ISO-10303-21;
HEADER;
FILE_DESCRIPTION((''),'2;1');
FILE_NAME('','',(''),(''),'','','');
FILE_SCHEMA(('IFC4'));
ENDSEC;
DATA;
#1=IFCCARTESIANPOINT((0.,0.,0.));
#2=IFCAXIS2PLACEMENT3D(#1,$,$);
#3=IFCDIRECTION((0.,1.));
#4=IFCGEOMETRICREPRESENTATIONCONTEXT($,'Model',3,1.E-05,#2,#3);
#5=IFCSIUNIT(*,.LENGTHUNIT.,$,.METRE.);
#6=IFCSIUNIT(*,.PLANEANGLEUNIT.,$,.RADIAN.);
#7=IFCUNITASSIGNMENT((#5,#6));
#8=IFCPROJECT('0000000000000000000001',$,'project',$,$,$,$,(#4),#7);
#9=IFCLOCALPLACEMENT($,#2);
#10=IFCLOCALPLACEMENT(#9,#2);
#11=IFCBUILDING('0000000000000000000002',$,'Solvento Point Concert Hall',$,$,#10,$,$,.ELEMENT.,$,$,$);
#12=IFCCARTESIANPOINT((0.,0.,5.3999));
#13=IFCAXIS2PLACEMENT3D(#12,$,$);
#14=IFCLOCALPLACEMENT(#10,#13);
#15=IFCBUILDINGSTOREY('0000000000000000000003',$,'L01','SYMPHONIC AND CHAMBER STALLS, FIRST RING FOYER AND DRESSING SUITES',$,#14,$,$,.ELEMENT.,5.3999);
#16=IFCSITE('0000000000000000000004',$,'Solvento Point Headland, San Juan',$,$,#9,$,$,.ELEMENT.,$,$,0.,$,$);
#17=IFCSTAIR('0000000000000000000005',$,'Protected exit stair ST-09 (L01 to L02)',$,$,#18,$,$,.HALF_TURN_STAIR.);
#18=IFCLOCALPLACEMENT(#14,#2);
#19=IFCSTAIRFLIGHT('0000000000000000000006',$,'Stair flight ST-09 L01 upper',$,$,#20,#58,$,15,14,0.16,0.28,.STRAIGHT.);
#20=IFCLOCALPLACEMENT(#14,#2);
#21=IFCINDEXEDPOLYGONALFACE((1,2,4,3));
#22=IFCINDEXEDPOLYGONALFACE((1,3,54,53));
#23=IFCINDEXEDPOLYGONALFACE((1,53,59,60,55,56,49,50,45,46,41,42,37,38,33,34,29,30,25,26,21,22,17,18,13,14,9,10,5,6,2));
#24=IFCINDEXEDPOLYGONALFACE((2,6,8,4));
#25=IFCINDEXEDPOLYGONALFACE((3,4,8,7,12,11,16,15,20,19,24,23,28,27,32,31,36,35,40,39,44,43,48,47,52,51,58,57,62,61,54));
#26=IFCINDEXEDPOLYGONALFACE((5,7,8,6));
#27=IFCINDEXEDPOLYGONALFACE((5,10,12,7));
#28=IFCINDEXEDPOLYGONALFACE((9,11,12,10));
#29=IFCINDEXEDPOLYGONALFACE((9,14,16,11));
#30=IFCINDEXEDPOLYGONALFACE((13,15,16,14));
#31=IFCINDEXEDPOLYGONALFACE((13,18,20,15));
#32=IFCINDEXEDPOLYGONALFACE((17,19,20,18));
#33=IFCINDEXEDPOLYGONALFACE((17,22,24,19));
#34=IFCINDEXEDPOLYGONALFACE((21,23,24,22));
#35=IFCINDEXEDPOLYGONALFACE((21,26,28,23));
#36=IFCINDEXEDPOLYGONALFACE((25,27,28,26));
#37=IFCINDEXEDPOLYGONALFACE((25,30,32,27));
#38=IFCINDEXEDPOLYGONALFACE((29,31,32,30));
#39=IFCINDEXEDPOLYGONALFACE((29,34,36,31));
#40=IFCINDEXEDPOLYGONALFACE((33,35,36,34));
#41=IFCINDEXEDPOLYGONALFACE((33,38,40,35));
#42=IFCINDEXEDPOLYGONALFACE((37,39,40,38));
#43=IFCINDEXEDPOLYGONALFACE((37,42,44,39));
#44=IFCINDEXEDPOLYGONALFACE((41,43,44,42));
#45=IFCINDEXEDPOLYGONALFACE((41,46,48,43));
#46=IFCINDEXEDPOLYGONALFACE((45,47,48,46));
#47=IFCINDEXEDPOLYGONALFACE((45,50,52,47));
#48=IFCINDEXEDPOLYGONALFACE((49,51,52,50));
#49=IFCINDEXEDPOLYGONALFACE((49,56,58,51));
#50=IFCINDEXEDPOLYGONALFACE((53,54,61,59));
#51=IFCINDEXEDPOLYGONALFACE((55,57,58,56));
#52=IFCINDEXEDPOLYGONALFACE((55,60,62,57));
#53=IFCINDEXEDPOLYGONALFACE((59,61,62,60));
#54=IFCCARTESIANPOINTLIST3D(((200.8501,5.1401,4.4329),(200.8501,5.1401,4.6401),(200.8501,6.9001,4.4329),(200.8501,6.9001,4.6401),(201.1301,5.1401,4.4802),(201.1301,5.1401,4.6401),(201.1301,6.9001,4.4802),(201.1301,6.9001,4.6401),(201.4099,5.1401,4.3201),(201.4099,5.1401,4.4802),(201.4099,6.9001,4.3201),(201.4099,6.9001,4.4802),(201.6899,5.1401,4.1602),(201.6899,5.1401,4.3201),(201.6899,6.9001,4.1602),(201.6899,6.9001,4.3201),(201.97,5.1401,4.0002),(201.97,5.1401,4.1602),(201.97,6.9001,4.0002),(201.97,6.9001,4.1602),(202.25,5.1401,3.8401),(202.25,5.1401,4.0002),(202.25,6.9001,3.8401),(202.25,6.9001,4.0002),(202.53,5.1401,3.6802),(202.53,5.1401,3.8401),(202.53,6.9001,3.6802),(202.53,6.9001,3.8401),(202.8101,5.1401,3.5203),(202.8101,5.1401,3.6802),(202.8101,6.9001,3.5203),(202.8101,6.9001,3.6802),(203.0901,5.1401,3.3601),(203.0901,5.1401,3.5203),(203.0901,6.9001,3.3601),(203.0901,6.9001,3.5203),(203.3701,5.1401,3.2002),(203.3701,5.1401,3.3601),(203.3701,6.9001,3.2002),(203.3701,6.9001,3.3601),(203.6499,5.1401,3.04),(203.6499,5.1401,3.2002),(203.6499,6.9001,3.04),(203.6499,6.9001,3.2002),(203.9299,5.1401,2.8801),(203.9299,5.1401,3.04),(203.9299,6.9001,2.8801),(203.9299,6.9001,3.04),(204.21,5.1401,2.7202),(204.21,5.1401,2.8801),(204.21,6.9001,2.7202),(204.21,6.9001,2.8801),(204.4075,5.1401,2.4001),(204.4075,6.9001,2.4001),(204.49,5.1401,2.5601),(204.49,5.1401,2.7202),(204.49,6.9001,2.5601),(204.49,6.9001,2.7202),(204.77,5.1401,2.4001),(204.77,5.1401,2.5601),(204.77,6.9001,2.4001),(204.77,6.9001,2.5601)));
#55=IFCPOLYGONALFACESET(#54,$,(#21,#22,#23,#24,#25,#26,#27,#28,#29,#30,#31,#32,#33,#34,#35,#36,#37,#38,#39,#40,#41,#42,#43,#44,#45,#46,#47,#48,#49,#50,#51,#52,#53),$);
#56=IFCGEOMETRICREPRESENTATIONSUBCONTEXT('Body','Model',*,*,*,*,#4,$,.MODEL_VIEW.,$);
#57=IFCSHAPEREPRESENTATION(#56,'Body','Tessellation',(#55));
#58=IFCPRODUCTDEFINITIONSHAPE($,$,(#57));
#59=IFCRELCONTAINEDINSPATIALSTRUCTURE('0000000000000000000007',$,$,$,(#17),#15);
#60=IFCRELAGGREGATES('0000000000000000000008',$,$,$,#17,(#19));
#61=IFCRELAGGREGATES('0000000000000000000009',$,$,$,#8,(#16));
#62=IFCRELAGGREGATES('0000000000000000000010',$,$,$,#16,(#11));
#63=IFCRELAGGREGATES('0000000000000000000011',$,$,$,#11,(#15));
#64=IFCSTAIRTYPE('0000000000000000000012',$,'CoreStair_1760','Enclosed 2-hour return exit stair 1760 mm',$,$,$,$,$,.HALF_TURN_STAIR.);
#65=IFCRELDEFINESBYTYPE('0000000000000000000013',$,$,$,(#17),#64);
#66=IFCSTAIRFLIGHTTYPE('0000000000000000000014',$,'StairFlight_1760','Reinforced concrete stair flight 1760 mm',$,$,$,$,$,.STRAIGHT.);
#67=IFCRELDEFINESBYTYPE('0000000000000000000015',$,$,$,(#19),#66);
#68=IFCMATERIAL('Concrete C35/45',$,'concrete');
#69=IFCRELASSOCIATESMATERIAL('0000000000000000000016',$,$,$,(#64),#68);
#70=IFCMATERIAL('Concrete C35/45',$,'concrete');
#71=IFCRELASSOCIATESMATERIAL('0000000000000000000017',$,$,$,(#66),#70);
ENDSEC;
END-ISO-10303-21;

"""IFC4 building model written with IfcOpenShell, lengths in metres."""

from ifc_helpers import new_model, si_unit, direction, frame, origin, place, context, subcontext, project, spatial, polyline, outline, extrude, material, type_object, element, aggregate, save


model = new_model("IFC4")

# Units and contexts
model_context = context("Model", 3, precision=1e-05, world=origin(), true_north=direction((0.0, 1.0)))
body_context = subcontext(model_context, "Body", "Model", "MODEL_VIEW")
ifc_project = project(units=[si_unit("LENGTHUNIT", "METRE"), si_unit("PLANEANGLEUNIT", "RADIAN")], contexts=[model_context])

# Site, building, storey
site_placement = place(None, origin())
site = spatial("IfcSite", under=ifc_project, at=site_placement, Name="Solvento Point Headland, San Juan", CompositionType="ELEMENT", RefElevation=0.0)
building_placement = place(site_placement, origin())
building = spatial("IfcBuilding", under=site, at=building_placement, Name="Solvento Point Concert Hall", CompositionType="ELEMENT")
storey_placement = place(building_placement, frame((0.0, 0.0, 5.3999)))
storey = spatial("IfcBuildingStorey", under=building, at=storey_placement, Name="L01", Description="SYMPHONIC AND CHAMBER STALLS, FIRST RING FOYER AND DRESSING SUITES", CompositionType="ELEMENT", Elevation=5.3999)

# Stair, stair flight
ifc_material_1 = material(Name="Concrete C35/45", Category="concrete")
stair_type = type_object("IfcStairType", Name="CoreStair_1760", Description="Enclosed 2-hour return exit stair 1760 mm", PredefinedType="HALF_TURN_STAIR", material=ifc_material_1)
stair_placement = place(storey_placement, origin())
stair = element("IfcStair", 1, at=stair_placement, inside=storey, type_object=stair_type, Name="Protected exit stair ST-09 (L01 to L02)", PredefinedType="HALF_TURN_STAIR")
ifc_material_2 = material(Name="Concrete C35/45", Category="concrete")
stair_flight_type = type_object("IfcStairFlightType", Name="StairFlight_1760", Description="Reinforced concrete stair flight 1760 mm", PredefinedType="STRAIGHT", material=ifc_material_2)
stair_flight_placement = place(storey_placement, frame((204.77, 6.02, 2.4001), z_axis=(0.0, 0.0, 1.0), x_axis=(-1.0, 0.0, 0.0)))
stair_flight = element("IfcStairFlight", 2, at=stair_flight_placement, type_object=stair_flight_type, Name="Stair flight ST-09 L01 upper", NumberOfRisers=15, NumberOfTreads=14, PredefinedType="STRAIGHT", RiserHeight=0.16, TreadLength=0.28, context=body_context, shape_type="SweptSolid", body=[
    extrude(outline(polyline([(0.0, 0.0), (0.0, 0.1599), (0.28, 0.1599), (0.28, 0.3201), (0.5601, 0.3201), (0.5601, 0.48), (0.8401, 0.48), (0.8401, 0.6399), (1.1201, 0.6399), (1.1201, 0.8), (1.3999, 0.8), (1.3999, 0.96), (1.6799, 0.96), (1.6799, 1.1201), (1.96, 1.1201), (1.96, 1.28), (2.24, 1.28), (2.24, 1.4399), (2.52, 1.4399), (2.52, 1.6001), (2.8, 1.6001), (2.8, 1.76), (3.0801, 1.76), (3.0801, 1.9199), (3.3601, 1.9199), (3.3601, 2.0801), (3.6399, 2.0801), (3.6399, 2.24), (3.9199, 2.24), (3.9199, 2.3999), (3.9199, 2.0327), (0.3625, 0.0), (0.0, 0.0)])), frame((0.0, 0.8799, 0.0), z_axis=(0.0, -1.0, 0.0), x_axis=(1.0, 0.0, 0.0)), (0.0, 0.0, 1.0), 1.76),
])
aggregate(stair, [stair_flight])

save(model, "model.ifc")
